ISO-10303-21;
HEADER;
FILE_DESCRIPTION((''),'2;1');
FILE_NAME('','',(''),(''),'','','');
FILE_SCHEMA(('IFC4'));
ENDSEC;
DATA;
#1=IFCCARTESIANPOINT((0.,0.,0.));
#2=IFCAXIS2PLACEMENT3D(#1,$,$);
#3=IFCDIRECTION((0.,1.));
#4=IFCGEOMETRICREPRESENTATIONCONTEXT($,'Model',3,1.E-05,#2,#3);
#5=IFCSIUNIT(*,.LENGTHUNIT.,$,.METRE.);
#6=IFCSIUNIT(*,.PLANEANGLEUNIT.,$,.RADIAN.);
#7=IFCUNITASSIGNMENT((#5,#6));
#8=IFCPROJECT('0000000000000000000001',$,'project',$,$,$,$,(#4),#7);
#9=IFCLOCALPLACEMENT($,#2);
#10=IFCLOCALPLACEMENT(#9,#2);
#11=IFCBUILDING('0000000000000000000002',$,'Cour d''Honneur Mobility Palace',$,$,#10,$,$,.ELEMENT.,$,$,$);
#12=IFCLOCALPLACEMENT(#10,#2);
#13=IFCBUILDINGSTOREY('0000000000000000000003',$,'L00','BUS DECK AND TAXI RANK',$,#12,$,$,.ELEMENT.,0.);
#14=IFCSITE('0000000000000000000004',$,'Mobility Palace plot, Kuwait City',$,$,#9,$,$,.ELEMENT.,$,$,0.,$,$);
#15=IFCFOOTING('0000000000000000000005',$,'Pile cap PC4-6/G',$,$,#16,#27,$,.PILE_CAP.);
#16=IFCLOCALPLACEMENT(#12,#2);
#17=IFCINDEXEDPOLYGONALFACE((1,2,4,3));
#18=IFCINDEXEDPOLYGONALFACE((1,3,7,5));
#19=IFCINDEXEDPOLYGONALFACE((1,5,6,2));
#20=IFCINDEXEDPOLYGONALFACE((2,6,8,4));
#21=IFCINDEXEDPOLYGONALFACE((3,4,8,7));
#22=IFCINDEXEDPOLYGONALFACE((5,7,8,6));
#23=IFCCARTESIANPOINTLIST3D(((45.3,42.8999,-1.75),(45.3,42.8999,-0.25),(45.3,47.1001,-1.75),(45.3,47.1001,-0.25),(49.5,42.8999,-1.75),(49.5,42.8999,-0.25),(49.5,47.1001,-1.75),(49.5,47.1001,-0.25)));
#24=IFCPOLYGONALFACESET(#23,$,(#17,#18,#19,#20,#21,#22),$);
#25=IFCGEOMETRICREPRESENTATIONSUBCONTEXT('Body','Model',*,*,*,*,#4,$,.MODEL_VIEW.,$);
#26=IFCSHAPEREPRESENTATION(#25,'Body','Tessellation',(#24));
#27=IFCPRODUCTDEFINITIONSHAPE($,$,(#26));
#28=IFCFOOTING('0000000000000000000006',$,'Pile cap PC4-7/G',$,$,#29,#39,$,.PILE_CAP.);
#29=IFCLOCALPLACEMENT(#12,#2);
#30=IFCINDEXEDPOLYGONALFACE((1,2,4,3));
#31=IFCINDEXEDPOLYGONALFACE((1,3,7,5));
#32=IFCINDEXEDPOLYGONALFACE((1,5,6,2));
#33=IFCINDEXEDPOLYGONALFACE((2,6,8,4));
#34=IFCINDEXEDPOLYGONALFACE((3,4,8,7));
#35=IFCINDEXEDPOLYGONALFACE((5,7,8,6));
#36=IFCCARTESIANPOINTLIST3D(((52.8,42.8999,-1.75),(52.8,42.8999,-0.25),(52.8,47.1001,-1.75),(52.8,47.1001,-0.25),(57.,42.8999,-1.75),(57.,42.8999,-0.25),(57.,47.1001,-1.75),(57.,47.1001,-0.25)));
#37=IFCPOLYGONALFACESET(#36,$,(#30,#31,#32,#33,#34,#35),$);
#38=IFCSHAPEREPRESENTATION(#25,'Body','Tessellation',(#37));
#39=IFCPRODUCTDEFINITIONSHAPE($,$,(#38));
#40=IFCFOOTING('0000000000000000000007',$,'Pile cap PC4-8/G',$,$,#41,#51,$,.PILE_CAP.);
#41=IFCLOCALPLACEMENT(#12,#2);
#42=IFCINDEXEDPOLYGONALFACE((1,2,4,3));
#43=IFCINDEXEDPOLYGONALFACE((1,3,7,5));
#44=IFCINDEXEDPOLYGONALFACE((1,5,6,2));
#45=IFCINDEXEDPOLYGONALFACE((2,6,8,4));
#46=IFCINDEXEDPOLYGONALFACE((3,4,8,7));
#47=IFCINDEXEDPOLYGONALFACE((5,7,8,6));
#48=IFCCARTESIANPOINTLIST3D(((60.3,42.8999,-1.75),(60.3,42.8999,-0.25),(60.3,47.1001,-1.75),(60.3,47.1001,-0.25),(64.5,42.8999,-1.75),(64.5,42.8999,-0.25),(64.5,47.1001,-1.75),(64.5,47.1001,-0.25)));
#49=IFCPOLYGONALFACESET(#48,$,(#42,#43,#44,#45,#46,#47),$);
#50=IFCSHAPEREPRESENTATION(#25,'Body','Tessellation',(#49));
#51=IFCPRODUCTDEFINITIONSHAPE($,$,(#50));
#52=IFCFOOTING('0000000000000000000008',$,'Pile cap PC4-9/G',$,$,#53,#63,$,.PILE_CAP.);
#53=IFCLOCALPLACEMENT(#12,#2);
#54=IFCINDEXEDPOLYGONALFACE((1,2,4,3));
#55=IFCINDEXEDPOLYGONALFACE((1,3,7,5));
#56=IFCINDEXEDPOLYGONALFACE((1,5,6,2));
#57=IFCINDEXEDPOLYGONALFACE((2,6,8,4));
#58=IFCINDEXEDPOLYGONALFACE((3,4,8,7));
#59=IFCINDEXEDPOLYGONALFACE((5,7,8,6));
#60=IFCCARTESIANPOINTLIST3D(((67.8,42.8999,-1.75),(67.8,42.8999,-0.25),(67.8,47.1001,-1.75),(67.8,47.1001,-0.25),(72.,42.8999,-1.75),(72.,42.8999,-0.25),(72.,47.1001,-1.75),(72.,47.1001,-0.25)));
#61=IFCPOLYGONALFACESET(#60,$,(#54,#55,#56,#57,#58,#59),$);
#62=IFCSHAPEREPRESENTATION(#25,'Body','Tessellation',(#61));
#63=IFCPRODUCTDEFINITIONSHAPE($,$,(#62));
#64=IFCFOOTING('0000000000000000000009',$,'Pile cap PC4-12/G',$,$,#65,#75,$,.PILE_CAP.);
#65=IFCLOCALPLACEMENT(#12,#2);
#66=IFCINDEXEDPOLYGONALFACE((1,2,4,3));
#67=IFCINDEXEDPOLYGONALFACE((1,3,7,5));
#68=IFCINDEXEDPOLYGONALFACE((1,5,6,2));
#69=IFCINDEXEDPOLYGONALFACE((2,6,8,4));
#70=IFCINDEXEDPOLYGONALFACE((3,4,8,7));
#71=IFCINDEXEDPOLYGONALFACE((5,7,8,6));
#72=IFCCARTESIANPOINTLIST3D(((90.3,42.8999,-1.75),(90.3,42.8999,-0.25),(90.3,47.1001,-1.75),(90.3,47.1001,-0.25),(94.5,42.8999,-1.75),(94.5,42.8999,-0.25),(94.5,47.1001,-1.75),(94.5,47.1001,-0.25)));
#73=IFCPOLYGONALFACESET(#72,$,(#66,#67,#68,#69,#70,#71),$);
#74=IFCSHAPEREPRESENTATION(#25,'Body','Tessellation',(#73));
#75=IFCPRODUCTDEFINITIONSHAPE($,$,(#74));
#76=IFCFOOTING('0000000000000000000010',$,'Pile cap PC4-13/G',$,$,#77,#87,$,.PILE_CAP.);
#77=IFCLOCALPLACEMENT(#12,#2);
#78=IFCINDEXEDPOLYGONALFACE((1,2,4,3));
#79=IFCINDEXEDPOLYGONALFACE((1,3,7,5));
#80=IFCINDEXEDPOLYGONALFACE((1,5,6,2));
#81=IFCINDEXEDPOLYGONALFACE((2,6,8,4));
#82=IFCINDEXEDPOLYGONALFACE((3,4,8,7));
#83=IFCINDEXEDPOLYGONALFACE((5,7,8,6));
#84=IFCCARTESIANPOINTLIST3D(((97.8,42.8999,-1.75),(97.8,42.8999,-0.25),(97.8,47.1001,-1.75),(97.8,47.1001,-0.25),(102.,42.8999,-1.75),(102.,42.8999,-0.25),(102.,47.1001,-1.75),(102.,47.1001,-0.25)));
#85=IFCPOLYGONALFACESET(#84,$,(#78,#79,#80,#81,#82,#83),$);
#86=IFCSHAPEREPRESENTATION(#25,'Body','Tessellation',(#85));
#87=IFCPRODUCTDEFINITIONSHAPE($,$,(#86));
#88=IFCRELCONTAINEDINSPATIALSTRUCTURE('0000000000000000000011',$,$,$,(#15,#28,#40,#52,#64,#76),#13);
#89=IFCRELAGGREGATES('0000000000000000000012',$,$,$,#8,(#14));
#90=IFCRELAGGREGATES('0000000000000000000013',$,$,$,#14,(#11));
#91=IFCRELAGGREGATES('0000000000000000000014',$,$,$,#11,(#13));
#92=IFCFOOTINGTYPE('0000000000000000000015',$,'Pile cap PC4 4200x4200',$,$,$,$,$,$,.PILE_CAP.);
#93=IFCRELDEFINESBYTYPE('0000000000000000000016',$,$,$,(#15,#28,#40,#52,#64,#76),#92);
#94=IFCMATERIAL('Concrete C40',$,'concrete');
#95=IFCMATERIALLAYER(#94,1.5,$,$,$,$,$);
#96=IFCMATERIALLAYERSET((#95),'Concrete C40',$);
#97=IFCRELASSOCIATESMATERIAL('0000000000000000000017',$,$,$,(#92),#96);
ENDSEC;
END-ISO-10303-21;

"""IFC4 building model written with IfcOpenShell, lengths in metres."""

from ifc_helpers import new_model, si_unit, direction, frame, origin, place, context, subcontext, project, spatial, polyline, outline, extrude, material, layer, layer_set, type_object, element, save


model = new_model("IFC4")

# Units and contexts
model_context = context("Model", 3, precision=1e-05, world=origin(), true_north=direction((0.0, 1.0)))
body_context = subcontext(model_context, "Body", "Model", "MODEL_VIEW")
ifc_project = project(units=[si_unit("LENGTHUNIT", "METRE"), si_unit("PLANEANGLEUNIT", "RADIAN")], contexts=[model_context])

# Site, building, storey
site_placement = place(None, origin())
site = spatial("IfcSite", under=ifc_project, at=site_placement, Name="Mobility Palace plot, Kuwait City", CompositionType="ELEMENT", RefElevation=0.0)
building_placement = place(site_placement, origin())
building = spatial("IfcBuilding", under=site, at=building_placement, Name="Cour d'Honneur Mobility Palace", CompositionType="ELEMENT")
storey_placement = place(building_placement, origin())
storey = spatial("IfcBuildingStorey", under=building, at=storey_placement, Name="L00", Description="BUS DECK AND TAXI RANK", CompositionType="ELEMENT", Elevation=0.0)

# Footings
ifc_material_1 = material(Name="Concrete C40", Category="concrete")
ifc_layer_1 = layer(ifc_material_1, 1.5)
ifc_layer_set_1 = layer_set([ifc_layer_1], Name="Concrete C40")
footing_type_1 = type_object("IfcFootingType", Name="Pile cap PC4 4200x4200", PredefinedType="PILE_CAP", material=ifc_layer_set_1)
footing_1_placement = place(storey_placement, frame((0.0, 0.0, -1.75)))
element("IfcFooting", 1, at=footing_1_placement, inside=storey, type_object=footing_type_1, Name="Pile cap PC4-6/G", PredefinedType="PILE_CAP", context=body_context, shape_type="SweptSolid", body=[
    extrude(outline(polyline([(45.3, 42.8999), (49.5, 42.8999), (49.5, 47.1001), (45.3, 47.1001), (45.3, 42.8999)])), origin(), (0.0, 0.0, 1.0), 1.5),
])
footing_2_placement = place(storey_placement, frame((0.0, 0.0, -1.75)))
element("IfcFooting", 2, at=footing_2_placement, inside=storey, type_object=footing_type_1, Name="Pile cap PC4-7/G", PredefinedType="PILE_CAP", context=body_context, shape_type="SweptSolid", body=[
    extrude(outline(polyline([(52.8, 42.8999), (57.0, 42.8999), (57.0, 47.1001), (52.8, 47.1001), (52.8, 42.8999)])), origin(), (0.0, 0.0, 1.0), 1.5),
])
footing_3_placement = place(storey_placement, frame((0.0, 0.0, -1.75)))
element("IfcFooting", 3, at=footing_3_placement, inside=storey, type_object=footing_type_1, Name="Pile cap PC4-8/G", PredefinedType="PILE_CAP", context=body_context, shape_type="SweptSolid", body=[
    extrude(outline(polyline([(60.3, 42.8999), (64.5, 42.8999), (64.5, 47.1001), (60.3, 47.1001), (60.3, 42.8999)])), origin(), (0.0, 0.0, 1.0), 1.5),
])
footing_4_placement = place(storey_placement, frame((0.0, 0.0, -1.75)))
element("IfcFooting", 4, at=footing_4_placement, inside=storey, type_object=footing_type_1, Name="Pile cap PC4-9/G", PredefinedType="PILE_CAP", context=body_context, shape_type="SweptSolid", body=[
    extrude(outline(polyline([(67.8, 42.8999), (72.0, 42.8999), (72.0, 47.1001), (67.8, 47.1001), (67.8, 42.8999)])), origin(), (0.0, 0.0, 1.0), 1.5),
])
footing_5_placement = place(storey_placement, frame((0.0, 0.0, -1.75)))
element("IfcFooting", 5, at=footing_5_placement, inside=storey, type_object=footing_type_1, Name="Pile cap PC4-12/G", PredefinedType="PILE_CAP", context=body_context, shape_type="SweptSolid", body=[
    extrude(outline(polyline([(90.3, 42.8999), (94.5, 42.8999), (94.5, 47.1001), (90.3, 47.1001), (90.3, 42.8999)])), origin(), (0.0, 0.0, 1.0), 1.5),
])
footing_6_placement = place(storey_placement, frame((0.0, 0.0, -1.75)))
element("IfcFooting", 6, at=footing_6_placement, inside=storey, type_object=footing_type_1, Name="Pile cap PC4-13/G", PredefinedType="PILE_CAP", context=body_context, shape_type="SweptSolid", body=[
    extrude(outline(polyline([(97.8, 42.8999), (102.0, 42.8999), (102.0, 47.1001), (97.8, 47.1001), (97.8, 42.8999)])), origin(), (0.0, 0.0, 1.0), 1.5),
])

save(model, "model.ifc")
